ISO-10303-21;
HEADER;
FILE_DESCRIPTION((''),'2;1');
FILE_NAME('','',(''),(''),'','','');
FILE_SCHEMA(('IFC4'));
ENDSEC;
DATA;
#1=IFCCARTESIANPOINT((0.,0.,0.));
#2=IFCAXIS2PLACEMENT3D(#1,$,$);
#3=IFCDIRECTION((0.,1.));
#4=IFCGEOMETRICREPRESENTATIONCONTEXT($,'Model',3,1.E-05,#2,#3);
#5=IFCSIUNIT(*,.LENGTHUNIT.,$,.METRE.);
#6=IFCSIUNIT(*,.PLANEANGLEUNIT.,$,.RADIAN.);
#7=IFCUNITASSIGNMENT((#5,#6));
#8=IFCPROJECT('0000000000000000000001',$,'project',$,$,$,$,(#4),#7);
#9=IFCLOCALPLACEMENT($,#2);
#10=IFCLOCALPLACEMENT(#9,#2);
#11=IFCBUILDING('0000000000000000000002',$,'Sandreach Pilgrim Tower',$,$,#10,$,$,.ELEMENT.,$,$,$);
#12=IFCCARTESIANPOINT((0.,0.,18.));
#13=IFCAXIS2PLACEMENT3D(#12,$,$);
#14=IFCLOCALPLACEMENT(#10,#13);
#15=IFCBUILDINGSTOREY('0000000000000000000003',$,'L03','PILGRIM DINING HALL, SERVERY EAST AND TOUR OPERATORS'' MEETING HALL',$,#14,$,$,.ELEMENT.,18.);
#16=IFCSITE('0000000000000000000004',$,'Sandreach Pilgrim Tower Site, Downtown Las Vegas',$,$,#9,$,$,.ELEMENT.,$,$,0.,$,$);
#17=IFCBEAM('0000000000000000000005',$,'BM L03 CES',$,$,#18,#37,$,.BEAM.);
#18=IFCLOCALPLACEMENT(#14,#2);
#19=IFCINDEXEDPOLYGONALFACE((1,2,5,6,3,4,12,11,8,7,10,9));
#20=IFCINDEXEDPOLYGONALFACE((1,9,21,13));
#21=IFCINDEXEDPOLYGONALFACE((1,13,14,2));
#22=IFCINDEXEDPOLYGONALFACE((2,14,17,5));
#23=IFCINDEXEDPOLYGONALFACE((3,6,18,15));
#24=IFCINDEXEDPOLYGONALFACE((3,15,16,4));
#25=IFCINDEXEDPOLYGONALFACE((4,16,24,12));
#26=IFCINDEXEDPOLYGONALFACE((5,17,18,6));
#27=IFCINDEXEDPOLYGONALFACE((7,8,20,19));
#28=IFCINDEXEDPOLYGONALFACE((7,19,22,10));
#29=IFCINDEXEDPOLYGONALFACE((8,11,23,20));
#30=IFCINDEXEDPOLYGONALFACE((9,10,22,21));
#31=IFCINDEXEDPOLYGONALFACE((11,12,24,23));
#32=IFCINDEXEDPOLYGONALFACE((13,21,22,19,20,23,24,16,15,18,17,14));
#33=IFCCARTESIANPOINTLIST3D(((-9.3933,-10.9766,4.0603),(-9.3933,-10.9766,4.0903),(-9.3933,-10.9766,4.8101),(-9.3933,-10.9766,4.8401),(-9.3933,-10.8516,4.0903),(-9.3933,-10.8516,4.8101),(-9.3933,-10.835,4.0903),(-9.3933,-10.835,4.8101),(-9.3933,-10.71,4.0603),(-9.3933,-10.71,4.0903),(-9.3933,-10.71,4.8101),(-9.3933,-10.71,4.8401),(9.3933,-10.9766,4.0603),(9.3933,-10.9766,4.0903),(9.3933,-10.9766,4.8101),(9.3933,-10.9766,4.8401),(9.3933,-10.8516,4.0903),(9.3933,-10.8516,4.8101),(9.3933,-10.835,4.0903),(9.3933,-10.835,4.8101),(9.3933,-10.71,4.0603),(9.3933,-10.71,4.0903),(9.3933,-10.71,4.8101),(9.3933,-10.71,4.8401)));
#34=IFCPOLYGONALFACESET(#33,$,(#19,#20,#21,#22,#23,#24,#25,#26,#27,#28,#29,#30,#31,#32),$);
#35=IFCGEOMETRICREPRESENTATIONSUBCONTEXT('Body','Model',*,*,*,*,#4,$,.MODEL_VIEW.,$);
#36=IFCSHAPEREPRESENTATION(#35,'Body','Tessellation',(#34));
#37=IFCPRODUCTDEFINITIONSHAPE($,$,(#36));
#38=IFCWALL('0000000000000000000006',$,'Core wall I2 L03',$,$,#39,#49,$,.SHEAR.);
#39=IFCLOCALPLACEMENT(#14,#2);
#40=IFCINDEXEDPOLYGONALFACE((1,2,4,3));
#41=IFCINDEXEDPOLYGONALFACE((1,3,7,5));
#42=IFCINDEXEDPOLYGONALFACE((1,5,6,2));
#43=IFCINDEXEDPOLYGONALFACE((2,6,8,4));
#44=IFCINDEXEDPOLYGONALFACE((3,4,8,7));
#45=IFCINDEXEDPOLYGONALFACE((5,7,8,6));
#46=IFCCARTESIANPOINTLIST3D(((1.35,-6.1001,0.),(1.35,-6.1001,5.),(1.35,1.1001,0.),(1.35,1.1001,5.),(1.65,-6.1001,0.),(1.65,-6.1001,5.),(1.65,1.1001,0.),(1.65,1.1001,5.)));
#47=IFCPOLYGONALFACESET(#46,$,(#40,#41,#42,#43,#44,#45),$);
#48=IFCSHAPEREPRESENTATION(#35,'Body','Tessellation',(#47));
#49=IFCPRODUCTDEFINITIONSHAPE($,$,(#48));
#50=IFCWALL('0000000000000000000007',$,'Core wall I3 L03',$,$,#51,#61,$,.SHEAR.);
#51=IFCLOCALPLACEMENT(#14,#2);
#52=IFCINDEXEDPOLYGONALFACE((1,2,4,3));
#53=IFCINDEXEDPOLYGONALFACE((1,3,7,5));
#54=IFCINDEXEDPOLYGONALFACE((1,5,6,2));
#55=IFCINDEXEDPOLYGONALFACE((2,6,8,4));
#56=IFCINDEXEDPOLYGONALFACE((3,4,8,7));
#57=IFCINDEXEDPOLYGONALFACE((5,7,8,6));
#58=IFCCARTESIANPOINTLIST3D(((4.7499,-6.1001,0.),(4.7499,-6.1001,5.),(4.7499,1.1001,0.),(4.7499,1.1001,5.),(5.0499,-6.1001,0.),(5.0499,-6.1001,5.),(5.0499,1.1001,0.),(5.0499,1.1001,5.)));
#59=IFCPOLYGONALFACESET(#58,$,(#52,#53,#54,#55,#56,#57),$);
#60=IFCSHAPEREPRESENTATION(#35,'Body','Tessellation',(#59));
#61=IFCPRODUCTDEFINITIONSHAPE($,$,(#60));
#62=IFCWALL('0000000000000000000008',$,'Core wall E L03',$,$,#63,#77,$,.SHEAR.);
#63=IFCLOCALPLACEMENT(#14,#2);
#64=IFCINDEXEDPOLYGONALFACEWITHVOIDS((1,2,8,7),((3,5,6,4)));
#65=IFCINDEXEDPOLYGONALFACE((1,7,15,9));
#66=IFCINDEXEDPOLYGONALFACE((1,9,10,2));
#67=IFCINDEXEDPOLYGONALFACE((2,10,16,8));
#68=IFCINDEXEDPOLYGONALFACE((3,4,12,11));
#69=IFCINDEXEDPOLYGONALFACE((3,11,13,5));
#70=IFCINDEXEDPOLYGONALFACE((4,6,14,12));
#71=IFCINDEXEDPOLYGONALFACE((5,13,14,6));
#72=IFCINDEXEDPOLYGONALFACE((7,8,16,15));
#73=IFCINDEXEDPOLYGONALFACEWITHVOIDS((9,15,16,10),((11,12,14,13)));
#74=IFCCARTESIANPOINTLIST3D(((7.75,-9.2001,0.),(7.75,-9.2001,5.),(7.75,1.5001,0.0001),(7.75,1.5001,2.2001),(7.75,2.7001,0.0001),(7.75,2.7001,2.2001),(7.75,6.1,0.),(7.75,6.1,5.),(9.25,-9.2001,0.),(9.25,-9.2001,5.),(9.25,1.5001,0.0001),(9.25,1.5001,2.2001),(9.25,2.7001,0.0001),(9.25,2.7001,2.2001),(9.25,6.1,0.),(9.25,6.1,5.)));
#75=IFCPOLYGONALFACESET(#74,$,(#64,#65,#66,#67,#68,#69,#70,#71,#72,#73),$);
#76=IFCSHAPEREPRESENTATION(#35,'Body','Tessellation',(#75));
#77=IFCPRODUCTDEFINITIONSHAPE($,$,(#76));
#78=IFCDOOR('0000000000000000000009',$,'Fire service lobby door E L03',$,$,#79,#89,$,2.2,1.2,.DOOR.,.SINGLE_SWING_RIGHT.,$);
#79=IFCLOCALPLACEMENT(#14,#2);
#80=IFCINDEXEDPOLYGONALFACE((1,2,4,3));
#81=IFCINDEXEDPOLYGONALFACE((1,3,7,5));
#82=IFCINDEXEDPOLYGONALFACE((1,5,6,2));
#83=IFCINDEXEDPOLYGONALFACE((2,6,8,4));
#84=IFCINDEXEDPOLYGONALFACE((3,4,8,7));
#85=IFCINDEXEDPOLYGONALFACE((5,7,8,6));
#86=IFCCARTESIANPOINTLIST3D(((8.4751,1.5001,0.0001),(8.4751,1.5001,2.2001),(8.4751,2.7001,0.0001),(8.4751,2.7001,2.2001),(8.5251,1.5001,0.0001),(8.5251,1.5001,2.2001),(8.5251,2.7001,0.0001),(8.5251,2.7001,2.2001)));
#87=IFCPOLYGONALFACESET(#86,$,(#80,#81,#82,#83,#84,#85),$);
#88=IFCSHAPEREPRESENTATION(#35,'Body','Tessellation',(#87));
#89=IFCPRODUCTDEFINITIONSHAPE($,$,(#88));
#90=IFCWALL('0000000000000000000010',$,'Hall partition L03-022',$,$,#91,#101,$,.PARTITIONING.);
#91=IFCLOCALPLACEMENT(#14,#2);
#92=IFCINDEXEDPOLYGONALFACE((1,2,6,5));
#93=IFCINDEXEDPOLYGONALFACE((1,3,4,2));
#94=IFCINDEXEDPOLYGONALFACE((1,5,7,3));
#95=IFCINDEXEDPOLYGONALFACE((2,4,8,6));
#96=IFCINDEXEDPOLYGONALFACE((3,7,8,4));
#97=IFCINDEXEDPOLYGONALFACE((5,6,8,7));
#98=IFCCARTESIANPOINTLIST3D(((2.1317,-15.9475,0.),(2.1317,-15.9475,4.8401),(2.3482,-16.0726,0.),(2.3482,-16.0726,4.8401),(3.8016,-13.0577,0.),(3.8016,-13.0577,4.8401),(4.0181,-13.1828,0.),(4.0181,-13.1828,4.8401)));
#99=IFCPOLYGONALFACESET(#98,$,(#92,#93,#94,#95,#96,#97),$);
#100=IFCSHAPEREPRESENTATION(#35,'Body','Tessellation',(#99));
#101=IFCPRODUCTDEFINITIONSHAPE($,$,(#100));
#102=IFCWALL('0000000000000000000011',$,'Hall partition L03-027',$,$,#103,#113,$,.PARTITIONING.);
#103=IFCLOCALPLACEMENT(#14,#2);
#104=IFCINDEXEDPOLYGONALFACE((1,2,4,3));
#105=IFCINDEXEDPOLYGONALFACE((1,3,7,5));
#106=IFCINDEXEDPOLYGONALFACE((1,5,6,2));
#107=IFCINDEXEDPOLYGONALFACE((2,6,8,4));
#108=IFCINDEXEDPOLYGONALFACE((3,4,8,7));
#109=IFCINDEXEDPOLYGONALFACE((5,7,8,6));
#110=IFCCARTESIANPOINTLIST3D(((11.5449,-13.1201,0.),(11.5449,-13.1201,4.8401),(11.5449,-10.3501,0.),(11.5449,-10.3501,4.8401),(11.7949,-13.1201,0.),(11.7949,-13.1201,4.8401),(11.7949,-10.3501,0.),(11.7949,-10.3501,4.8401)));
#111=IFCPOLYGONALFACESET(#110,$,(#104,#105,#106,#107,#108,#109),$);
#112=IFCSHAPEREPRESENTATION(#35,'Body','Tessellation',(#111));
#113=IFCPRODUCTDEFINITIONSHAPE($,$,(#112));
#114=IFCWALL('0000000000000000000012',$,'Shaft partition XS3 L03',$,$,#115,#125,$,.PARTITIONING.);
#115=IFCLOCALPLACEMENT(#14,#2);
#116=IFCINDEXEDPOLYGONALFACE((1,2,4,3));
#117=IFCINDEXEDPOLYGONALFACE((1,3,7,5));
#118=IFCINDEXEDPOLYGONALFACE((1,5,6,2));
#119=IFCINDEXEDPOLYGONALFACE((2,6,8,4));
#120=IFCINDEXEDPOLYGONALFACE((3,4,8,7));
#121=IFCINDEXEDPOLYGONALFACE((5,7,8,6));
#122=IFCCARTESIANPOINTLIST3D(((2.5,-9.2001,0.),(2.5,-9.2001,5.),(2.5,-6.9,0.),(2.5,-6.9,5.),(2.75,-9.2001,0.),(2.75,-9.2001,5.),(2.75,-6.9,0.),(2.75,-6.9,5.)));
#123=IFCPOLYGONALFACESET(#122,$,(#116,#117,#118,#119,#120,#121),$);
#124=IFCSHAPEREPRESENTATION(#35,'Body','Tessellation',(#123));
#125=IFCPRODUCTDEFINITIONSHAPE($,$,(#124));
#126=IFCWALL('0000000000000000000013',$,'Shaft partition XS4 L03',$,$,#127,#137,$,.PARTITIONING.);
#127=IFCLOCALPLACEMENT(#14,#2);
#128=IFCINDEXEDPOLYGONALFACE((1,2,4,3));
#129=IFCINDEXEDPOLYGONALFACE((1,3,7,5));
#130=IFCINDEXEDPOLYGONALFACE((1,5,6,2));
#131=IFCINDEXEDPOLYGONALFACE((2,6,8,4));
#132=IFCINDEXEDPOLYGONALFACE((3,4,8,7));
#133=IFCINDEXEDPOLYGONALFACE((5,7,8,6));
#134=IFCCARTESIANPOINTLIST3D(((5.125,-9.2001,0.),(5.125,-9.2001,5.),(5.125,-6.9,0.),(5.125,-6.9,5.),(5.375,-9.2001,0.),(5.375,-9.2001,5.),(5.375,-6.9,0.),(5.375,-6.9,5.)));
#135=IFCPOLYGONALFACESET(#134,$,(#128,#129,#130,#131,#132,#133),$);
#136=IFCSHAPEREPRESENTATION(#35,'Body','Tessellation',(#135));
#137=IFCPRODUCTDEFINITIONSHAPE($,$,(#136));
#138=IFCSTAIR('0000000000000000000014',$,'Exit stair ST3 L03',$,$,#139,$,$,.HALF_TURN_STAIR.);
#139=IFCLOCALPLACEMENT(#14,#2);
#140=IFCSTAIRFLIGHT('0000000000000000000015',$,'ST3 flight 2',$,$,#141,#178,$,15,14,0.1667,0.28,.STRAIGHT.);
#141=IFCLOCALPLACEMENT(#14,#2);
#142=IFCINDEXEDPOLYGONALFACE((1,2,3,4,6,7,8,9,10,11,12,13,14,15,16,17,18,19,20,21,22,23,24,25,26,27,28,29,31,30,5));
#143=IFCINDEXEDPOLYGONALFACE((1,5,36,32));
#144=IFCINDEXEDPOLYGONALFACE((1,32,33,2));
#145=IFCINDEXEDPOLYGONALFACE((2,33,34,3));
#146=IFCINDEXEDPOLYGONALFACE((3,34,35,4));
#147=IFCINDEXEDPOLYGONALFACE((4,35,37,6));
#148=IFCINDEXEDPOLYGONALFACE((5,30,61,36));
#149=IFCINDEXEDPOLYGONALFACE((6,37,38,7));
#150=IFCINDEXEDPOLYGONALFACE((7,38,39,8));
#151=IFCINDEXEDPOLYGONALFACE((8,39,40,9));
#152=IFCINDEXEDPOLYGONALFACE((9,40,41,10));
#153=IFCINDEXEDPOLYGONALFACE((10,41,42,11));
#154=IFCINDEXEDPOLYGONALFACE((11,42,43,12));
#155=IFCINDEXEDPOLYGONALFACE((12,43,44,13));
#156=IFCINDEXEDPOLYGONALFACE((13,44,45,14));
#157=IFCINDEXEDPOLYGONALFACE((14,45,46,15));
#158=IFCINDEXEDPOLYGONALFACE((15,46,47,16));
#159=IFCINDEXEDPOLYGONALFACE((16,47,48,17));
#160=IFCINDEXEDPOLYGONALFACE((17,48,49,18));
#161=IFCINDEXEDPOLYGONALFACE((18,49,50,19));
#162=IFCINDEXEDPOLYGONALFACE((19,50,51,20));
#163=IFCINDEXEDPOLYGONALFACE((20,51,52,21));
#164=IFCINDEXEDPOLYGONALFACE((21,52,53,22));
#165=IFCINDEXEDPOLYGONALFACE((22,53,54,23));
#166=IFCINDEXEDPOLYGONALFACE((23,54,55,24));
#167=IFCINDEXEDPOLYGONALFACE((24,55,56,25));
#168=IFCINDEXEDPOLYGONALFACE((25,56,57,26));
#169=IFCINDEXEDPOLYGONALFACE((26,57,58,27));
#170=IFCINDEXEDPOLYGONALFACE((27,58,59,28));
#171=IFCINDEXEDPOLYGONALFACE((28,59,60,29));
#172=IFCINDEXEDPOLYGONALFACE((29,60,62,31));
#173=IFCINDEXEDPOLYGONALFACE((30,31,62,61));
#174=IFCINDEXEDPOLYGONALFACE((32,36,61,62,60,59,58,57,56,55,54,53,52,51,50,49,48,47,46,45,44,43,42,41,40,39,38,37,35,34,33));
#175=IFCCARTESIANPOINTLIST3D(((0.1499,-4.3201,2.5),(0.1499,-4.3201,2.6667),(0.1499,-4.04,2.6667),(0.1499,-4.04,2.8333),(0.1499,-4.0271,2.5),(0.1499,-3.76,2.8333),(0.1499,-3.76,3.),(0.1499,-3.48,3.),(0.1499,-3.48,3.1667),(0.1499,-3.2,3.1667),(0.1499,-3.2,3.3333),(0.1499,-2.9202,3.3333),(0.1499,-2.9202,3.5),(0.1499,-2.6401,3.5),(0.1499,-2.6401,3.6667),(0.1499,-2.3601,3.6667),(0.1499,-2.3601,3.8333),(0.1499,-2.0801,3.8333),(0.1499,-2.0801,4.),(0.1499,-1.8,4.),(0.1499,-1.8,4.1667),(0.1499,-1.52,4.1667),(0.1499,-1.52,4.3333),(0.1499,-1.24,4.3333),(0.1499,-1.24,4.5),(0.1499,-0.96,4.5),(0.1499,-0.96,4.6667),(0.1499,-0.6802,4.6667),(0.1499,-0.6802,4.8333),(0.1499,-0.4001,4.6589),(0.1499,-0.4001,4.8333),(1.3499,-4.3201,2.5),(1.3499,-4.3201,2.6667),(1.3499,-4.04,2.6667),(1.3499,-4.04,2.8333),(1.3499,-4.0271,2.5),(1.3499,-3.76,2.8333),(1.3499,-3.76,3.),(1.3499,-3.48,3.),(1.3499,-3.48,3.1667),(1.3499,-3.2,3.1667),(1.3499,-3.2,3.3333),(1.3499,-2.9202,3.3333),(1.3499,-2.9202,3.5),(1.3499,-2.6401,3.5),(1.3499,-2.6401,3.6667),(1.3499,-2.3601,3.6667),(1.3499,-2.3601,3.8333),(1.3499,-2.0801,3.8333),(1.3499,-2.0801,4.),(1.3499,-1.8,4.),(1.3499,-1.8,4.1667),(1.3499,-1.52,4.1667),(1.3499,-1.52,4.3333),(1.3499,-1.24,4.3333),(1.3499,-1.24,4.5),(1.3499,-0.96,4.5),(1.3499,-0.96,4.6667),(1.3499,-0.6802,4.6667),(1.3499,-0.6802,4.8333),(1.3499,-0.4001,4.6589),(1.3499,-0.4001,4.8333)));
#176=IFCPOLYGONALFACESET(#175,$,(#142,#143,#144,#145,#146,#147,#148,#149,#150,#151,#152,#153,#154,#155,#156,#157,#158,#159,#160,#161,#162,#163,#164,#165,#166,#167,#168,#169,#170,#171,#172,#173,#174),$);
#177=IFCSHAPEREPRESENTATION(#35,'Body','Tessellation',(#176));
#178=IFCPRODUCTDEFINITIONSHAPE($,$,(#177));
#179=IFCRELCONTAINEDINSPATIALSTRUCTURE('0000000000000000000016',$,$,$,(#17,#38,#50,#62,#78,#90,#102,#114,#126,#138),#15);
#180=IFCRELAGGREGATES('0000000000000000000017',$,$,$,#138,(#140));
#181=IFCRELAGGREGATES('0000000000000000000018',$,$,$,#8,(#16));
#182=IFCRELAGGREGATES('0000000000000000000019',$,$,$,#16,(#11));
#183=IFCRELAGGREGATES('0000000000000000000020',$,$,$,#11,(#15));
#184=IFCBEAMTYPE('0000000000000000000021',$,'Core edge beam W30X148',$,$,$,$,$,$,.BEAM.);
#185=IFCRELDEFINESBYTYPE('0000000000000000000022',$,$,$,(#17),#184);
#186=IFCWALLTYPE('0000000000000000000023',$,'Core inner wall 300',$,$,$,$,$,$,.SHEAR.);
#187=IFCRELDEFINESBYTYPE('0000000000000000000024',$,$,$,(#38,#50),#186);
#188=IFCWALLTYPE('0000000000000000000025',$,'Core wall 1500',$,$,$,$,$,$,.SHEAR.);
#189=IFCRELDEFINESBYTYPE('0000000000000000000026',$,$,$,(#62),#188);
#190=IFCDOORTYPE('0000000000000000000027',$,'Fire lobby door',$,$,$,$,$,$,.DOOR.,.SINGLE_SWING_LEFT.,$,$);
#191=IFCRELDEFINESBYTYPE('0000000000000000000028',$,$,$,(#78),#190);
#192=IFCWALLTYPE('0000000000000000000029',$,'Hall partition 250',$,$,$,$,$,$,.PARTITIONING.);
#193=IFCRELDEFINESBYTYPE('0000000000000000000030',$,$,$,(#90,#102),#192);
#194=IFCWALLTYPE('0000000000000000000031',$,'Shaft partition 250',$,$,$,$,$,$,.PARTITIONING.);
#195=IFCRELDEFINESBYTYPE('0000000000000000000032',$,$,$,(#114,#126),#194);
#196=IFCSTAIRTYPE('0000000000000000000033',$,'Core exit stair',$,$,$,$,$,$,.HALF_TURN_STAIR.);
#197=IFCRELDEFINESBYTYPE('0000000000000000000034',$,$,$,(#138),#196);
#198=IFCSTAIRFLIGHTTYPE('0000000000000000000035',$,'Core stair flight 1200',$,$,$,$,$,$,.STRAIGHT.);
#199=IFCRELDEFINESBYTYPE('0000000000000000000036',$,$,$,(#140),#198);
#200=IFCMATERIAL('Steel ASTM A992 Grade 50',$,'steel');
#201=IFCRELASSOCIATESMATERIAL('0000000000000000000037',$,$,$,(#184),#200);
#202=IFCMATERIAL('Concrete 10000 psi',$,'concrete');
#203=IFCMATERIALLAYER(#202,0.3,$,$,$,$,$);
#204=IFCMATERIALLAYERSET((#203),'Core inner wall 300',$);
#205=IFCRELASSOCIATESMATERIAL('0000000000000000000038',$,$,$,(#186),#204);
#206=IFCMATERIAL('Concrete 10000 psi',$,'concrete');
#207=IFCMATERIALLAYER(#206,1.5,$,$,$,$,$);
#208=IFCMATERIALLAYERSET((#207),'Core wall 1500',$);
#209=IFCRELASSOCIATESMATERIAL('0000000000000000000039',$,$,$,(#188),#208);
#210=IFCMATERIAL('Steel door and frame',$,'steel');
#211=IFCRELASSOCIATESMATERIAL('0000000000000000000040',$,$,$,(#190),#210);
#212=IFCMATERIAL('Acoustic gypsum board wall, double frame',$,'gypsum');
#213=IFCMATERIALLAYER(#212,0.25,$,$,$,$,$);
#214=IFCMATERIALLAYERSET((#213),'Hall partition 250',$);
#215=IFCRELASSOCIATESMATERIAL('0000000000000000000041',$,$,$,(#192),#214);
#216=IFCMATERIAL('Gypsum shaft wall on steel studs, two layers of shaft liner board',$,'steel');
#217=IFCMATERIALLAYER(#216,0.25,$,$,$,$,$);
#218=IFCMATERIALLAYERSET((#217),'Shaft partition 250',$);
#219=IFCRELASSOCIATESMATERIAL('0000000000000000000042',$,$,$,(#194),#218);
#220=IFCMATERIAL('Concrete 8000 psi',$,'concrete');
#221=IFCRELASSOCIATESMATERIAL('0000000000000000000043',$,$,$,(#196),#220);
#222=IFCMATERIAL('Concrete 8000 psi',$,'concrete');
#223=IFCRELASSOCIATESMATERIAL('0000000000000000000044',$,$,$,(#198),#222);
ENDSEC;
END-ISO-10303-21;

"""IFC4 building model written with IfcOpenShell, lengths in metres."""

from ifc_helpers import new_model, si_unit, direction, frame, frame_2d, origin, origin_2d, place, context, subcontext, project, spatial, polyline, rectangle, i_section, outline, extrude, material, layer, layer_set, material_profile, profile_set, type_object, element, fill, aggregate, save


model = new_model("IFC4")

# Units and contexts
model_context = context("Model", 3, precision=1e-05, world=origin(), true_north=direction((0.0, 1.0)))
body_context = subcontext(model_context, "Body", "Model", "MODEL_VIEW")
ifc_project = project(units=[si_unit("LENGTHUNIT", "METRE"), si_unit("PLANEANGLEUNIT", "RADIAN")], contexts=[model_context])

# Site, building, storey
site_placement = place(None, origin())
site = spatial("IfcSite", under=ifc_project, at=site_placement, Name="Sandreach Pilgrim Tower Site, Downtown Las Vegas", CompositionType="ELEMENT", RefElevation=0.0)
building_placement = place(site_placement, origin())
building = spatial("IfcBuilding", under=site, at=building_placement, Name="Sandreach Pilgrim Tower", CompositionType="ELEMENT")
storey_placement = place(building_placement, frame((0.0, 0.0, 18.0)))
storey = spatial("IfcBuildingStorey", under=building, at=storey_placement, Name="L03", Description="PILGRIM DINING HALL, SERVERY EAST AND TOUR OPERATORS' MEETING HALL", CompositionType="ELEMENT", Elevation=18.0)

# Beam
ifc_material_1 = material(Name="Steel ASTM A992 Grade 50", Category="steel")
ifc_material_profile = material_profile(ifc_material_1, i_section(OverallWidth=0.2666, OverallDepth=0.7798, WebThickness=0.0166, FlangeThickness=0.03, at=origin_2d()), Name="W30X148")
ifc_profile_set = profile_set([ifc_material_profile], Name="Steel ASTM A992 Grade 50")
beam_type = type_object("IfcBeamType", Name="Core edge beam W30X148", PredefinedType="BEAM", material=ifc_profile_set)
beam_placement = place(storey_placement, frame((9.3933, -10.8433, 4.4502), z_axis=(-1.0, 0.0, 0.0), x_axis=(0.0, -1.0, 0.0)))
element("IfcBeam", 1, at=beam_placement, inside=storey, type_object=beam_type, Name="BM L03 CES", PredefinedType="BEAM", context=body_context, shape_type="SweptSolid", body=[
    extrude(i_section(OverallWidth=0.2666, OverallDepth=0.7798, WebThickness=0.0166, FlangeThickness=0.03, at=origin_2d()), origin(), (0.0, 0.0, 1.0), 18.7866),
])

# Walls
ifc_material_2 = material(Name="Concrete 10000 psi", Category="concrete")
ifc_layer_1 = layer(ifc_material_2, 0.3)
ifc_layer_set_1 = layer_set([ifc_layer_1], Name="Core inner wall 300")
wall_type_1 = type_object("IfcWallType", Name="Core inner wall 300", PredefinedType="SHEAR", material=ifc_layer_set_1)
for number, where, z_axis, x_axis, name in (
    (2, (1.5, -6.1001, 0.0), (0.0, 0.0, 1.0), (0.0, 1.0, 0.0), "Core wall I2 L03"),
    (3, (4.8999, -6.1001, 0.0), (0.0, 0.0, 1.0), (0.0, 1.0, 0.0), "Core wall I3 L03"),
):
    element("IfcWall", number, at=place(storey_placement, frame(where, z_axis=z_axis, x_axis=x_axis)), inside=storey, type_object=wall_type_1, Name=name, PredefinedType="SHEAR", context=body_context, shape_type="SweptSolid", body=[
        extrude(rectangle(XDim=7.2002, YDim=0.3, at=frame_2d((3.6001, 0.0))), origin(), (0.0, 0.0, 1.0), 5.0),
    ])

# Wall, opening, door
ifc_material_3 = material(Name="Concrete 10000 psi", Category="concrete")
ifc_layer_2 = layer(ifc_material_3, 1.5)
ifc_layer_set_2 = layer_set([ifc_layer_2], Name="Core wall 1500")
wall_type_2 = type_object("IfcWallType", Name="Core wall 1500", PredefinedType="SHEAR", material=ifc_layer_set_2)
wall_1_placement = place(storey_placement, frame((8.5, -9.2, 0.0), z_axis=(0.0, 0.0, 1.0), x_axis=(0.0, 1.0, 0.0)))
wall_1 = element("IfcWall", 4, at=wall_1_placement, inside=storey, type_object=wall_type_2, Name="Core wall E L03", PredefinedType="SHEAR", context=body_context, shape_type="SweptSolid", body=[
    extrude(rectangle(XDim=15.3, YDim=1.5, at=frame_2d((7.6499, 0.0))), origin(), (0.0, 0.0, 1.0), 5.0),
])
opening_1_placement = place(wall_1_placement, frame((10.7, 0.0, 0.0)))
opening_1 = element("IfcOpeningElement", 5, at=opening_1_placement, cuts=wall_1, PredefinedType="OPENING", context=body_context, shape_type="SweptSolid", body=[
    extrude(rectangle(XDim=1.2, YDim=2.2, at=frame_2d((0.6001, 1.1001))), frame((0.0, 0.75, 0.0), z_axis=(0.0, -1.0, 0.0), x_axis=(1.0, 0.0, 0.0)), (0.0, 0.0, 1.0), 1.5),
])
ifc_material_4 = material(Name="Steel door and frame", Category="steel")
door_type_1 = type_object("IfcDoorType", Name="Fire lobby door", OperationType="SINGLE_SWING_LEFT", PredefinedType="DOOR", material=ifc_material_4)
door_1_placement = place(opening_1_placement, origin())
door_1 = element("IfcDoor", 6, at=door_1_placement, inside=storey, type_object=door_type_1, Name="Fire service lobby door E L03", OperationType="SINGLE_SWING_RIGHT", OverallHeight=2.2, OverallWidth=1.2, PredefinedType="DOOR", context=body_context, shape_type="SweptSolid", body=[
    extrude(rectangle(XDim=1.2, YDim=2.2, at=frame_2d((0.6001, 1.1001))), frame((0.0, 0.0249, 0.0), z_axis=(0.0, -1.0, 0.0), x_axis=(1.0, 0.0, 0.0)), (0.0, 0.0, 1.0), 0.05),
])
fill(opening_1, door_1)

# Wall
ifc_material_5 = material(Name="Acoustic gypsum board wall, double frame", Category="gypsum")
ifc_layer_3 = layer(ifc_material_5, 0.25)
ifc_layer_set_3 = layer_set([ifc_layer_3], Name="Hall partition 250")
wall_type_3 = type_object("IfcWallType", Name="Hall partition 250", PredefinedType="PARTITIONING", material=ifc_layer_set_3)
wall_2_placement = place(storey_placement, frame((3.9099, -13.1201, 0.0), z_axis=(0.0, 0.0, 1.0), x_axis=(-0.500324, -0.865838, 0.0)))
element("IfcWall", 7, at=wall_2_placement, inside=storey, type_object=wall_type_3, Name="Hall partition L03-022", PredefinedType="PARTITIONING", context=body_context, shape_type="SweptSolid", body=[
    extrude(rectangle(XDim=3.3376, YDim=0.25, at=frame_2d((1.6689, 0.0))), origin(), (0.0, 0.0, 1.0), 4.8401),
])

# Walls
wall_3_placement = place(storey_placement, frame((11.6699, -13.1201, 0.0), z_axis=(0.0, 0.0, 1.0), x_axis=(0.0, 1.0, 0.0)))
element("IfcWall", 8, at=wall_3_placement, inside=storey, type_object=wall_type_3, Name="Hall partition L03-027", PredefinedType="PARTITIONING", context=body_context, shape_type="SweptSolid", body=[
    extrude(rectangle(XDim=2.77, YDim=0.25, at=frame_2d((1.385, 0.0))), origin(), (0.0, 0.0, 1.0), 4.8401),
])
ifc_material_6 = material(Name="Gypsum shaft wall on steel studs, two layers of shaft liner board", Category="steel")
ifc_layer_4 = layer(ifc_material_6, 0.25)
ifc_layer_set_4 = layer_set([ifc_layer_4], Name="Shaft partition 250")
wall_type_4 = type_object("IfcWallType", Name="Shaft partition 250", PredefinedType="PARTITIONING", material=ifc_layer_set_4)
for number, where, z_axis, x_axis, name in (
    (9, (2.625, -9.2, 0.0), (0.0, 0.0, 1.0), (0.0, 1.0, 0.0), "Shaft partition XS3 L03"),
    (10, (5.25, -9.2, 0.0), (0.0, 0.0, 1.0), (0.0, 1.0, 0.0), "Shaft partition XS4 L03"),
):
    element("IfcWall", number, at=place(storey_placement, frame(where, z_axis=z_axis, x_axis=x_axis)), inside=storey, type_object=wall_type_4, Name=name, PredefinedType="PARTITIONING", context=body_context, shape_type="SweptSolid", body=[
        extrude(rectangle(XDim=2.3, YDim=0.25, at=frame_2d((1.1499, 0.0))), origin(), (0.0, 0.0, 1.0), 5.0),
    ])

# Stair, stair flight
ifc_material_7 = material(Name="Concrete 8000 psi", Category="concrete")
stair_type = type_object("IfcStairType", Name="Core exit stair", PredefinedType="HALF_TURN_STAIR", material=ifc_material_7)
stair_1_placement = place(storey_placement, origin())
stair_1 = element("IfcStair", 11, at=stair_1_placement, inside=storey, type_object=stair_type, Name="Exit stair ST3 L03", PredefinedType="HALF_TURN_STAIR")
ifc_material_8 = material(Name="Concrete 8000 psi", Category="concrete")
stair_flight_type = type_object("IfcStairFlightType", Name="Core stair flight 1200", PredefinedType="STRAIGHT", material=ifc_material_8)
stair_flight_1_placement = place(storey_placement, frame((0.75, -4.3201, 2.5), z_axis=(0.0, 0.0, 1.0), x_axis=(0.0, 1.0, 0.0)))
stair_flight_1 = element("IfcStairFlight", 12, at=stair_flight_1_placement, type_object=stair_flight_type, Name="ST3 flight 2", NumberOfRisers=15, NumberOfTreads=14, PredefinedType="STRAIGHT", RiserHeight=0.1667, TreadLength=0.28, context=body_context, shape_type="SweptSolid", body=[
    extrude(outline(polyline([(0.0, 0.0), (0.0, 0.1667), (0.28, 0.1667), (0.28, 0.3333), (0.5601, 0.3333), (0.5601, 0.5), (0.8401, 0.5), (0.8401, 0.6667), (1.1201, 0.6667), (1.1201, 0.8333), (1.3999, 0.8333), (1.3999, 1.0), (1.6799, 1.0), (1.6799, 1.1667), (1.96, 1.1667), (1.96, 1.3333), (2.24, 1.3333), (2.24, 1.5), (2.52, 1.5), (2.52, 1.6667), (2.8, 1.6667), (2.8, 1.8333), (3.0801, 1.8333), (3.0801, 2.0), (3.3601, 2.0), (3.3601, 2.1667), (3.6399, 2.1667), (3.6399, 2.3333), (3.9199, 2.3333), (3.9199, 2.5), (3.9199, 2.1589), (0.293, 0.0), (0.0, 0.0)])), frame((0.0, 0.6001, 0.0), z_axis=(0.0, -1.0, 0.0), x_axis=(1.0, 0.0, 0.0)), (0.0, 0.0, 1.0), 1.2),
])
aggregate(stair_1, [stair_flight_1])

save(model, "model.ifc")
